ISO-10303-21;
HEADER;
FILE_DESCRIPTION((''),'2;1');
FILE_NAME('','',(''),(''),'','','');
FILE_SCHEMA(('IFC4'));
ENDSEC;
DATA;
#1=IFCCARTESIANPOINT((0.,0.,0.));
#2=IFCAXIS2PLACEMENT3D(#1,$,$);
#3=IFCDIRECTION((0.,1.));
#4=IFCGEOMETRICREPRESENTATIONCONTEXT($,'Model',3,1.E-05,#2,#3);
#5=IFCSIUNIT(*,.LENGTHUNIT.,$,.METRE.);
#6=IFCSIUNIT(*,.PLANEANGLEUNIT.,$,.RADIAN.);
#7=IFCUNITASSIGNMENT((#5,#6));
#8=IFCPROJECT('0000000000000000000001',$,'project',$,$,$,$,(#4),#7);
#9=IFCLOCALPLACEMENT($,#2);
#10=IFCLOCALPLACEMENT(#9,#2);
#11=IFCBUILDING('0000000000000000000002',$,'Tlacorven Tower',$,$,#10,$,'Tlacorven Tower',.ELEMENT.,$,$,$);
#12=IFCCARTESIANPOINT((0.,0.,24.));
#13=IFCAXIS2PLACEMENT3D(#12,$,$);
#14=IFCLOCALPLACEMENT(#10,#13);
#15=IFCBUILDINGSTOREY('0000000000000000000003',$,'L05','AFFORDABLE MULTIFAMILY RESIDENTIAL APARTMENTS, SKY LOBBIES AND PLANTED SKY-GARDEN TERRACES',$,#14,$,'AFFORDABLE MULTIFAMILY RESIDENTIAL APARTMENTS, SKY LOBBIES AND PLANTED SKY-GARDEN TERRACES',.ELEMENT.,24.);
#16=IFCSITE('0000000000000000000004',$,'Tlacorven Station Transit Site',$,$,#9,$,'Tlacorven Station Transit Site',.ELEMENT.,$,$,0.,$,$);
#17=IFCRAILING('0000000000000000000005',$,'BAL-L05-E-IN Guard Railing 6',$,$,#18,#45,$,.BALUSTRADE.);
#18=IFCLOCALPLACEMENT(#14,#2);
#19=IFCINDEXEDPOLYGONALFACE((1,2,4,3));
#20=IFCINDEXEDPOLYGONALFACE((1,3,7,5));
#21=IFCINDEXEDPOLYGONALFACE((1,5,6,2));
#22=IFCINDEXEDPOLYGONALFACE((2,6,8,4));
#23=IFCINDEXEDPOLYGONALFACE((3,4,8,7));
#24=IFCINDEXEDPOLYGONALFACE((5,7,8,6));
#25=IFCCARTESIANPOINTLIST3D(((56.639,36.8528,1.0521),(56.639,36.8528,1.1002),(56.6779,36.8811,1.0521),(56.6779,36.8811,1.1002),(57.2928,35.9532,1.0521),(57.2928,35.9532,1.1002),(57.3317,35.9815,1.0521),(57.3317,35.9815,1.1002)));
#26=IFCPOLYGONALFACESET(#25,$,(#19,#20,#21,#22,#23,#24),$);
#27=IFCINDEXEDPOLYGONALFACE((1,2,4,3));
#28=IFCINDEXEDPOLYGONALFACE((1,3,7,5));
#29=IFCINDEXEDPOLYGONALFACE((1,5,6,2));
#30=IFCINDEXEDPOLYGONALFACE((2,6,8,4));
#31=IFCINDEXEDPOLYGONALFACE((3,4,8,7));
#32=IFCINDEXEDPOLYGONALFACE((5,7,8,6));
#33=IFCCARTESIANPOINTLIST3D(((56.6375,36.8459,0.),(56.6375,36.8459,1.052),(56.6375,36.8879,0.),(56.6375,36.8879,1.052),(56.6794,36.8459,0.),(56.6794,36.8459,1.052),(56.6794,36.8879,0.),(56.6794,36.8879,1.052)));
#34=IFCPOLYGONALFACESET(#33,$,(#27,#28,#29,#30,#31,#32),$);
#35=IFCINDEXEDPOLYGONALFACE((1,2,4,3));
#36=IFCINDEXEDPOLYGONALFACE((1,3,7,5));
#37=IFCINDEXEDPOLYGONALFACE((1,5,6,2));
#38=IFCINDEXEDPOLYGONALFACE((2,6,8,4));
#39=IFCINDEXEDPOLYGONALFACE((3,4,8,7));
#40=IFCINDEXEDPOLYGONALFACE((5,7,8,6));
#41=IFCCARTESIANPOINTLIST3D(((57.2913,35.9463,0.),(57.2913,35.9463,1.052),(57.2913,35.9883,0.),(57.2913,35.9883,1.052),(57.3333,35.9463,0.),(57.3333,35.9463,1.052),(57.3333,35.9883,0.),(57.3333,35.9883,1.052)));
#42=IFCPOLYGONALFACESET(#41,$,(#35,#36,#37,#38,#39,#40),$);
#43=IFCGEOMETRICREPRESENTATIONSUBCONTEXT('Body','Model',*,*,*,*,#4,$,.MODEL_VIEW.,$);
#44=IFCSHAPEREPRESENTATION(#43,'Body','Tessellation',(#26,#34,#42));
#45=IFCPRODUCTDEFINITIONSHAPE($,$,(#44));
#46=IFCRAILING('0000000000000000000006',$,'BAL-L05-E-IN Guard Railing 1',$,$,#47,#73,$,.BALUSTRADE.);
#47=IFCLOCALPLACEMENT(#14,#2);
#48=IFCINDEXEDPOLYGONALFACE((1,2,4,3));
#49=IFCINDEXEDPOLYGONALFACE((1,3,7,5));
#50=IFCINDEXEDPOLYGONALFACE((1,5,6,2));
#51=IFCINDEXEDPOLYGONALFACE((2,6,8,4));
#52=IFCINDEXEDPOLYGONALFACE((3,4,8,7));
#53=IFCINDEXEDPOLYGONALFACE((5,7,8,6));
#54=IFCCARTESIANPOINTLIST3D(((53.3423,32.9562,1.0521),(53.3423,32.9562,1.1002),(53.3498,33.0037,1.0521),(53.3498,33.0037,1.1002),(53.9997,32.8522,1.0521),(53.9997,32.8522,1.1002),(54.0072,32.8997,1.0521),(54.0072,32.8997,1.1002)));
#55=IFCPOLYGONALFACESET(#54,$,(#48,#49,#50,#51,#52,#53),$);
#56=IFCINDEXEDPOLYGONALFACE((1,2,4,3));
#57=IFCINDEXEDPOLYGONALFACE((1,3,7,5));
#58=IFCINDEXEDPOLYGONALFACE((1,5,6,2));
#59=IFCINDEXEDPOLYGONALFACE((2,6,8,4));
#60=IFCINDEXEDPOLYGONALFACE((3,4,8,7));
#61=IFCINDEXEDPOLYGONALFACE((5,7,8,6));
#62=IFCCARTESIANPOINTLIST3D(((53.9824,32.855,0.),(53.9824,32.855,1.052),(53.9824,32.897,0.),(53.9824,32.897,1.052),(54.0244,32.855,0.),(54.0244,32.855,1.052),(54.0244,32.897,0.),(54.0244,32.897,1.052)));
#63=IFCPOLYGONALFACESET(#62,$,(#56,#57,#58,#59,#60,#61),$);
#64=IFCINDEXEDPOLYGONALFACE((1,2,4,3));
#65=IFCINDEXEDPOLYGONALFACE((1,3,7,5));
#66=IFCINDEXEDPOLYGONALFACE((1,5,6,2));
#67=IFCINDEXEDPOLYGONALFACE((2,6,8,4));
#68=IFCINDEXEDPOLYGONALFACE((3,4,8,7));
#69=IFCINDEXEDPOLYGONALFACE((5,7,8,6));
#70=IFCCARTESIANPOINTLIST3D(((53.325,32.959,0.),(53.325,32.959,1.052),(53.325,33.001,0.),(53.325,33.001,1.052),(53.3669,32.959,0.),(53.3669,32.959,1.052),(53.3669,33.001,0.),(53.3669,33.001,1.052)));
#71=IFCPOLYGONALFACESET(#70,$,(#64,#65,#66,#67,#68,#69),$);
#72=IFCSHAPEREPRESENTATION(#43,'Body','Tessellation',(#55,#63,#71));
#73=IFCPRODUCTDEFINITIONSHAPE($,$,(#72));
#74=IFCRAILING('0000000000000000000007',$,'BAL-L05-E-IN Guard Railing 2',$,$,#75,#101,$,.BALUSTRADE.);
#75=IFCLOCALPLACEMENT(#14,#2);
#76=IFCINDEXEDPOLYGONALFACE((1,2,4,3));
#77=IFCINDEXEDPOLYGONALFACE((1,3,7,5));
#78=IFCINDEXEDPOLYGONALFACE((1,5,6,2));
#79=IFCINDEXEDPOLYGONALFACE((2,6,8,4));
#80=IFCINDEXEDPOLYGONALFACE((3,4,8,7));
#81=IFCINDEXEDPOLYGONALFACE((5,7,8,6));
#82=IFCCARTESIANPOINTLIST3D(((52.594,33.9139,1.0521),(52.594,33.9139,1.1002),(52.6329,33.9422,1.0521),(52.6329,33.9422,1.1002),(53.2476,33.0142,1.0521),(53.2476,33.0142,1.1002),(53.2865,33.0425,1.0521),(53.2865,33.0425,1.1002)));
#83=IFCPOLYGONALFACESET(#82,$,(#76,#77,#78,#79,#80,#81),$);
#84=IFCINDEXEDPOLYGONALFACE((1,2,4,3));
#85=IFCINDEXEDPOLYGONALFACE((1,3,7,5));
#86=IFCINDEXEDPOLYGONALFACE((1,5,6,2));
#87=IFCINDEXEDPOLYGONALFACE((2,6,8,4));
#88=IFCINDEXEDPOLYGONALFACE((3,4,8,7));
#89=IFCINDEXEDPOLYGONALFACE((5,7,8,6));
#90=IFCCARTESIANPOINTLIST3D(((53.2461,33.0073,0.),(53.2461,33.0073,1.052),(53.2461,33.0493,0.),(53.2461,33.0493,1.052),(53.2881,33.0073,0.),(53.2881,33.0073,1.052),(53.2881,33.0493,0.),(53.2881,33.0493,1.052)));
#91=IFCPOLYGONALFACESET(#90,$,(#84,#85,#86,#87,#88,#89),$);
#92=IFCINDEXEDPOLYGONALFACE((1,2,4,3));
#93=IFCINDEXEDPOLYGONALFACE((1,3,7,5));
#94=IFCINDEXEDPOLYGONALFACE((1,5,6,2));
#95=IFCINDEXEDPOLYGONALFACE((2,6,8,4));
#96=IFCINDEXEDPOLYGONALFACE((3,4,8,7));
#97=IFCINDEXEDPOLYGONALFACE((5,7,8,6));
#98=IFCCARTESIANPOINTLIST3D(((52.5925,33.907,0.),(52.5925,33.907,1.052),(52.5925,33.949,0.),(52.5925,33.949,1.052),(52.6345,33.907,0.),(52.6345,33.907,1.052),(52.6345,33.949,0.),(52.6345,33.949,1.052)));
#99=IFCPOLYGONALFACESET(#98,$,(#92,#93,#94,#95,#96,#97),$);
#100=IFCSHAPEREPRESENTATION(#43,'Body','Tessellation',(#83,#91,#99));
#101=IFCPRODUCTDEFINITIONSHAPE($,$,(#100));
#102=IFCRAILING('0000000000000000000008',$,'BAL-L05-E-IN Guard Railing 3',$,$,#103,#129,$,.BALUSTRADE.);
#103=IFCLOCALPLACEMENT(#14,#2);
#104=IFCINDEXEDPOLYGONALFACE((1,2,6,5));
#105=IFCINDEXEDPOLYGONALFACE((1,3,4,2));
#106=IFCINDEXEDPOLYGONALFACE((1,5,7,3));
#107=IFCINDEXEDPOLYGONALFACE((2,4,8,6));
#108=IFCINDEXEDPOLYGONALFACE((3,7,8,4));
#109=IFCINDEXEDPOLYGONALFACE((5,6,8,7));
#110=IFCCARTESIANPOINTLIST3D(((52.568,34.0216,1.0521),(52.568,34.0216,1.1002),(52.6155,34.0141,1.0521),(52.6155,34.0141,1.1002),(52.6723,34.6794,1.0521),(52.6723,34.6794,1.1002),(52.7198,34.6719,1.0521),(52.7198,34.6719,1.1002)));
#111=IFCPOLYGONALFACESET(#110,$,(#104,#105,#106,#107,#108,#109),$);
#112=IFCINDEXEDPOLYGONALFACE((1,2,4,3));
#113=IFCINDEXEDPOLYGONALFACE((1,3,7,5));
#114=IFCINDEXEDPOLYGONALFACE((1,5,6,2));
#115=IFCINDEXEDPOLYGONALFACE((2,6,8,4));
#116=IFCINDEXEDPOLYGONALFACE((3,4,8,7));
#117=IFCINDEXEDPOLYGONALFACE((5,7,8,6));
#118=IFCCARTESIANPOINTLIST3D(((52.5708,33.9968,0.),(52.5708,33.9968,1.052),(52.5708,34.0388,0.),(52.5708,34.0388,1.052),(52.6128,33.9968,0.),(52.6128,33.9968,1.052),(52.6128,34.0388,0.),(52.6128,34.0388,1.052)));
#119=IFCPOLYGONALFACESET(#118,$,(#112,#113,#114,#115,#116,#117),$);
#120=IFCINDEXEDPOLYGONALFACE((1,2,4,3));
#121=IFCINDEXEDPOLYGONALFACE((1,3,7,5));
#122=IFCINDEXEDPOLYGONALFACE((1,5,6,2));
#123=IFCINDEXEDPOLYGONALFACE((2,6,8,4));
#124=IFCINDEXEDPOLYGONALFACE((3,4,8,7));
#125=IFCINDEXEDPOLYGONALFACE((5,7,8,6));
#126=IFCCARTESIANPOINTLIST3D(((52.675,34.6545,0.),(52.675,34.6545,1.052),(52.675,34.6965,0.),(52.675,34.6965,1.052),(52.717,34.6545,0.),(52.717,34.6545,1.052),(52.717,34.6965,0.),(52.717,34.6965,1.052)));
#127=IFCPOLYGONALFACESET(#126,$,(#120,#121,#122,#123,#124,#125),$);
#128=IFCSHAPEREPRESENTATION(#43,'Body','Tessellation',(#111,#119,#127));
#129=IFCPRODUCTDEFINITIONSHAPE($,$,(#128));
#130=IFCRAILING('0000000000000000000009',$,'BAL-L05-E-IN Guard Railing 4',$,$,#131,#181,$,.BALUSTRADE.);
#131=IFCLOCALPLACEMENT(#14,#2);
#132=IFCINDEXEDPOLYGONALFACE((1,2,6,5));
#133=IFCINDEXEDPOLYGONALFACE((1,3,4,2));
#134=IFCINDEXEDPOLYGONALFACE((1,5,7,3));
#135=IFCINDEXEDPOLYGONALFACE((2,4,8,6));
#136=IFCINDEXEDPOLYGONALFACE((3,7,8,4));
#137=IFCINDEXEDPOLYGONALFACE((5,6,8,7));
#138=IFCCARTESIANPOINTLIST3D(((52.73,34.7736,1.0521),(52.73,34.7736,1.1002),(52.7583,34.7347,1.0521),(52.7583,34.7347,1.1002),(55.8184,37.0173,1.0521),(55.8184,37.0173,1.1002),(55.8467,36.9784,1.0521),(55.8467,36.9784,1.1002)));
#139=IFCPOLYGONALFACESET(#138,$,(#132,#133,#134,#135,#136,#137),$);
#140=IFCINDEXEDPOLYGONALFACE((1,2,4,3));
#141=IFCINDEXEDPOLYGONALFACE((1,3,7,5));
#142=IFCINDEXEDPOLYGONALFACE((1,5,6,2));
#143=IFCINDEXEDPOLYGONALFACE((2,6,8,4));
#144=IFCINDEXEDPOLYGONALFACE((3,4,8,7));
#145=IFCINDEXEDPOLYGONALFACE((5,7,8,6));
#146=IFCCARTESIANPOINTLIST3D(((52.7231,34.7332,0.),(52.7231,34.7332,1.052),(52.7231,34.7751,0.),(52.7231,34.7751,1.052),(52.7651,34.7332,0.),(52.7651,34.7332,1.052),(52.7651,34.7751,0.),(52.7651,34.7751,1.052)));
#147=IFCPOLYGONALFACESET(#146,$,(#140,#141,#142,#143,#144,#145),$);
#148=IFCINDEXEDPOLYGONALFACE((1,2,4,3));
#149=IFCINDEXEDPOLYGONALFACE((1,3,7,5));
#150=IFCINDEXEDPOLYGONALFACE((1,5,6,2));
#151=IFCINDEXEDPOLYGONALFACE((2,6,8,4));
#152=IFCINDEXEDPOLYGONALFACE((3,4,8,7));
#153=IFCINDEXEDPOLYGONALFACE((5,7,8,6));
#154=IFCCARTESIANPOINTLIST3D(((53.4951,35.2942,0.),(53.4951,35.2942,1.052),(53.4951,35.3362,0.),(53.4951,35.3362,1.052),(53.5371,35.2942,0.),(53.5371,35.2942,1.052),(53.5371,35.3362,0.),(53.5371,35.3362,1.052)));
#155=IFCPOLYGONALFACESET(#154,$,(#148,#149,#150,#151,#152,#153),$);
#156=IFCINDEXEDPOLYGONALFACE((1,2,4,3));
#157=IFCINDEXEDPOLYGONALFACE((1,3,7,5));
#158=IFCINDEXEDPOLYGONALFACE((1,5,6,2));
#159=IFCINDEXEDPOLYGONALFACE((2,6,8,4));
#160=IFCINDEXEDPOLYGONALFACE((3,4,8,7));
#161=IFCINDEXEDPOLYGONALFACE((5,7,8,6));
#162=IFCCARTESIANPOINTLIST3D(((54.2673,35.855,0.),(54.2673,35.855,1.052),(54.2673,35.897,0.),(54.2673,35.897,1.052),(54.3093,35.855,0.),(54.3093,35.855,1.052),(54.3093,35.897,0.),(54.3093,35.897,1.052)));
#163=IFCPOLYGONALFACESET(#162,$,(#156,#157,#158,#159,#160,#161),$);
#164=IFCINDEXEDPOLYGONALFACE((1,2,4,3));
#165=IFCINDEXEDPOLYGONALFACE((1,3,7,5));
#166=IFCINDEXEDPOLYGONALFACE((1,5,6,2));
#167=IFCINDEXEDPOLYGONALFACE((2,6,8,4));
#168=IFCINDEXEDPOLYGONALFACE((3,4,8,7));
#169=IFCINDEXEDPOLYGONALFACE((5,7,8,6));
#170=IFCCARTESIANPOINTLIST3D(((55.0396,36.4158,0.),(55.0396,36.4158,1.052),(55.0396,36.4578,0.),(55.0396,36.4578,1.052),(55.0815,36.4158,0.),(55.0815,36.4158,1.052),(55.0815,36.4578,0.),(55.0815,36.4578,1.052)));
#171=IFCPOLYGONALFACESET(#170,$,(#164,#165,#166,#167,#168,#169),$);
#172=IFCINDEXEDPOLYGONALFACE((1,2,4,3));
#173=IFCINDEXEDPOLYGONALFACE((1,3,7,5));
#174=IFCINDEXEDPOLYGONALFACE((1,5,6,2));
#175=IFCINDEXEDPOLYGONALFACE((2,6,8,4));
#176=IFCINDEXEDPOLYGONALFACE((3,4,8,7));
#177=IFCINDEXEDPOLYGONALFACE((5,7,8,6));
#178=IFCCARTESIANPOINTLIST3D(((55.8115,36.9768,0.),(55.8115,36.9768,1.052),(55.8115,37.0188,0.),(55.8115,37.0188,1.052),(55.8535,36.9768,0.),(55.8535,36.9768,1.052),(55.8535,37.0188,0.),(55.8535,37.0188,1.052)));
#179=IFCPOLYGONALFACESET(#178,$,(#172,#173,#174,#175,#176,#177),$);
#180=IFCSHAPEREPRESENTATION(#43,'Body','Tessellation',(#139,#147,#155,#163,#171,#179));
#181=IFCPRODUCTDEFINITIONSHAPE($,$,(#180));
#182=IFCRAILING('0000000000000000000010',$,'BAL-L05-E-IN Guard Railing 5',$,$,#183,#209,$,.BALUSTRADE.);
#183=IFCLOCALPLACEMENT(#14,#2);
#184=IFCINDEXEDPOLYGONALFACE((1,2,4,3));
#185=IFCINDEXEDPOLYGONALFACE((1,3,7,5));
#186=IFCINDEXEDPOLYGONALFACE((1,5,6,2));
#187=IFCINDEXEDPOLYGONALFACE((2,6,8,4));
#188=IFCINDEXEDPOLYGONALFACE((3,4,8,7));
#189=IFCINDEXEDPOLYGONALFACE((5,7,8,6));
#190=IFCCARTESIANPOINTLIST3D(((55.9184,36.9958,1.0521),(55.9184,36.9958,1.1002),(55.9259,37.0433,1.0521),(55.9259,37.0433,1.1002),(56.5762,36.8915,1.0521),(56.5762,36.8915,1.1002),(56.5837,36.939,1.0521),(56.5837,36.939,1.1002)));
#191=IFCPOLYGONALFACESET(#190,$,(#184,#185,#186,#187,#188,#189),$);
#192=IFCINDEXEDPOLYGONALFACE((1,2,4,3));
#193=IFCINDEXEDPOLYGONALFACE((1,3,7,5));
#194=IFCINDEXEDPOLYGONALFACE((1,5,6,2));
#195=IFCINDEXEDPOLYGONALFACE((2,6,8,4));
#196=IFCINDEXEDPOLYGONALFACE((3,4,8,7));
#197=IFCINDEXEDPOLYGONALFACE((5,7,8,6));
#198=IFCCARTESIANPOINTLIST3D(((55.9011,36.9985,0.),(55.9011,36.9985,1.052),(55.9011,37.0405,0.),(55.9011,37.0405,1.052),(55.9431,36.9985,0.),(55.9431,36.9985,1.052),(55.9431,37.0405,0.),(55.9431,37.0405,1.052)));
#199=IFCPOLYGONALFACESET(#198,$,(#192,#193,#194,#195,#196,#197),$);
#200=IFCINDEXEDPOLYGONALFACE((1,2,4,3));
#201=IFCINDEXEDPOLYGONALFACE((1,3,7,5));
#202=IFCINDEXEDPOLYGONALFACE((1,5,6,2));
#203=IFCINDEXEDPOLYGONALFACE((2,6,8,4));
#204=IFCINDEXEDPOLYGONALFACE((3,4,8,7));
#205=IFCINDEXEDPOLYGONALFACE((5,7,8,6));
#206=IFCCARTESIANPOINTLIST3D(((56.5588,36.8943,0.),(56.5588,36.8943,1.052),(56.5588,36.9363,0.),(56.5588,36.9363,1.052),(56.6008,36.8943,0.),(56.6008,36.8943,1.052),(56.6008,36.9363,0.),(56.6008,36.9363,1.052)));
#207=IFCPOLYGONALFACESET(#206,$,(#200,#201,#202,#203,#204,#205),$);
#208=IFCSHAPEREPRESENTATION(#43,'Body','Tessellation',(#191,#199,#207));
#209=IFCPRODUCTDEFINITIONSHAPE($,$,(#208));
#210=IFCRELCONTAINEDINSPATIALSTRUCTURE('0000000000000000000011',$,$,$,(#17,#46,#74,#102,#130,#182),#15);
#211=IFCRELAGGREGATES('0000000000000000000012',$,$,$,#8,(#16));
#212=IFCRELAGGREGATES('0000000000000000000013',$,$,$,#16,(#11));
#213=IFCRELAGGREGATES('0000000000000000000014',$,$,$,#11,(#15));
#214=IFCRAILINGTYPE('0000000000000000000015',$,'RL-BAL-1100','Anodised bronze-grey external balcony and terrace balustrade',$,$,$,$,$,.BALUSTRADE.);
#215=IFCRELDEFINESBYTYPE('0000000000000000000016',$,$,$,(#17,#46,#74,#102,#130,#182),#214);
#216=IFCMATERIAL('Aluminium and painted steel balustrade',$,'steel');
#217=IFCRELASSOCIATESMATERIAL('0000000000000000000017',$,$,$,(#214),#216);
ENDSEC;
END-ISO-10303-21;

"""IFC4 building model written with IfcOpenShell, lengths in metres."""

from ifc_helpers import new_model, si_unit, direction, frame, origin, origin_2d, place, context, subcontext, project, spatial, rectangle, extrude, source, transform, mapped, material, type_object, element, save


model = new_model("IFC4")

# Units and contexts
model_context = context("Model", 3, precision=1e-05, world=origin(), true_north=direction((0.0, 1.0)))
body_context = subcontext(model_context, "Body", "Model", "MODEL_VIEW")
ifc_project = project(units=[si_unit("LENGTHUNIT", "METRE"), si_unit("PLANEANGLEUNIT", "RADIAN")], contexts=[model_context])

# Site, building, storey
site_placement = place(None, origin())
site = spatial("IfcSite", under=ifc_project, at=site_placement, Name="Tlacorven Station Transit Site", LongName="Tlacorven Station Transit Site", CompositionType="ELEMENT", RefElevation=0.0)
building_placement = place(site_placement, origin())
building = spatial("IfcBuilding", under=site, at=building_placement, Name="Tlacorven Tower", LongName="Tlacorven Tower", CompositionType="ELEMENT")
storey_placement = place(building_placement, frame((0.0, 0.0, 24.0)))
storey = spatial("IfcBuildingStorey", under=building, at=storey_placement, Name="L05", Description="AFFORDABLE MULTIFAMILY RESIDENTIAL APARTMENTS, SKY LOBBIES AND PLANTED SKY-GARDEN TERRACES", LongName="AFFORDABLE MULTIFAMILY RESIDENTIAL APARTMENTS, SKY LOBBIES AND PLANTED SKY-GARDEN TERRACES", CompositionType="ELEMENT", Elevation=24.0)

# Railings
ifc_material_1 = material(Name="Aluminium and painted steel balustrade", Category="steel")
railing_type_1 = type_object("IfcRailingType", Name="RL-BAL-1100", Description="Anodised bronze-grey external balcony and terrace balustrade", PredefinedType="BALUSTRADE", material=ifc_material_1)
shared_shape_1 = source(origin(), body_context, "Body", "SweptSolid", [
    extrude(rectangle(XDim=0.0481, YDim=0.0481, at=origin_2d()), frame((0.0, 0.0, 1.0762), z_axis=(0.587884, -0.808945, 0.0), x_axis=(0.808945, 0.587884, 0.0)), (0.0, 0.0, 1.0), 1.1121),
    extrude(rectangle(XDim=0.042, YDim=0.042, at=origin_2d()), origin(), (0.0, 0.0, 1.0), 1.052),
    extrude(rectangle(XDim=0.042, YDim=0.042, at=origin_2d()), frame((0.6538, -0.8997, 0.0)), (0.0, 0.0, 1.0), 1.052),
])
railing_1_placement = place(storey_placement, frame((56.6584, 36.8669, 0.0)))
element("IfcRailing", 1, at=railing_1_placement, inside=storey, type_object=railing_type_1, Name="BAL-L05-E-IN Guard Railing 6", PredefinedType="BALUSTRADE", context=body_context, shape_type="MappedRepresentation", body=[
    mapped(shared_shape_1, transform((0.0, 0.0, 0.0), scale=1.0)),
])
shared_shape_2 = source(origin(), body_context, "Body", "SweptSolid", [
    extrude(rectangle(XDim=0.0481, YDim=0.0481, at=origin_2d()), frame((0.0, 0.0, 1.0762), z_axis=(-0.987718, 0.156245, 0.0), x_axis=(-0.156245, -0.987718, 0.0)), (0.0, 0.0, 1.0), 0.6655),
    extrude(rectangle(XDim=0.042, YDim=0.042, at=origin_2d()), origin(), (0.0, 0.0, 1.0), 1.052),
    extrude(rectangle(XDim=0.042, YDim=0.042, at=origin_2d()), frame((-0.6575, 0.104, 0.0)), (0.0, 0.0, 1.0), 1.052),
])
railing_2_placement = place(storey_placement, frame((54.0034, 32.876, 0.0)))
element("IfcRailing", 2, at=railing_2_placement, inside=storey, type_object=railing_type_1, Name="BAL-L05-E-IN Guard Railing 1", PredefinedType="BALUSTRADE", context=body_context, shape_type="MappedRepresentation", body=[
    mapped(shared_shape_2, transform((0.0, 0.0, 0.0), scale=1.0)),
])
shared_shape_3 = source(origin(), body_context, "Body", "SweptSolid", [
    extrude(rectangle(XDim=0.0481, YDim=0.0481, at=origin_2d()), frame((0.0, 0.0, 1.0762), z_axis=(-0.587741, 0.809049, 0.0), x_axis=(-0.809049, -0.587741, 0.0)), (0.0, 0.0, 1.0), 1.1121),
    extrude(rectangle(XDim=0.042, YDim=0.042, at=origin_2d()), origin(), (0.0, 0.0, 1.0), 1.052),
    extrude(rectangle(XDim=0.042, YDim=0.042, at=origin_2d()), frame((-0.6536, 0.8997, 0.0)), (0.0, 0.0, 1.0), 1.052),
])
railing_3_placement = place(storey_placement, frame((53.2671, 33.0283, 0.0)))
element("IfcRailing", 3, at=railing_3_placement, inside=storey, type_object=railing_type_1, Name="BAL-L05-E-IN Guard Railing 2", PredefinedType="BALUSTRADE", context=body_context, shape_type="MappedRepresentation", body=[
    mapped(shared_shape_3, transform((0.0, 0.0, 0.0), scale=1.0)),
])
shared_shape_4 = source(origin(), body_context, "Body", "SweptSolid", [
    extrude(rectangle(XDim=0.0481, YDim=0.0481, at=origin_2d()), frame((0.0, 0.0, 1.0762), z_axis=(0.156546, 0.987671, 0.0), x_axis=(-0.987671, 0.156546, 0.0)), (0.0, 0.0, 1.0), 0.666),
    extrude(rectangle(XDim=0.042, YDim=0.042, at=origin_2d()), origin(), (0.0, 0.0, 1.0), 1.052),
    extrude(rectangle(XDim=0.042, YDim=0.042, at=origin_2d()), frame((0.1042, 0.6577, 0.0)), (0.0, 0.0, 1.0), 1.052),
])
railing_4_placement = place(storey_placement, frame((52.5918, 34.0178, 0.0)))
element("IfcRailing", 4, at=railing_4_placement, inside=storey, type_object=railing_type_1, Name="BAL-L05-E-IN Guard Railing 3", PredefinedType="BALUSTRADE", context=body_context, shape_type="MappedRepresentation", body=[
    mapped(shared_shape_4, transform((0.0, 0.0, 0.0), scale=1.0)),
])
shared_shape_5 = source(origin(), body_context, "Body", "SweptSolid", [
    extrude(rectangle(XDim=0.0481, YDim=0.0481, at=origin_2d()), frame((0.0, 0.0, 1.0762), z_axis=(0.80904, 0.587753, 0.0), x_axis=(-0.587753, 0.80904, 0.0)), (0.0, 0.0, 1.0), 3.8174),
    extrude(rectangle(XDim=0.042, YDim=0.042, at=origin_2d()), origin(), (0.0, 0.0, 1.0), 1.052),
    extrude(rectangle(XDim=0.042, YDim=0.042, at=origin_2d()), frame((0.772, 0.561, 0.0)), (0.0, 0.0, 1.0), 1.052),
    extrude(rectangle(XDim=0.042, YDim=0.042, at=origin_2d()), frame((1.5442, 1.1218, 0.0)), (0.0, 0.0, 1.0), 1.052),
    extrude(rectangle(XDim=0.042, YDim=0.042, at=origin_2d()), frame((2.3164, 1.6826, 0.0)), (0.0, 0.0, 1.0), 1.052),
    extrude(rectangle(XDim=0.042, YDim=0.042, at=origin_2d()), frame((3.0884, 2.2437, 0.0)), (0.0, 0.0, 1.0), 1.052),
])
railing_5_placement = place(storey_placement, frame((52.7441, 34.7542, 0.0)))
element("IfcRailing", 5, at=railing_5_placement, inside=storey, type_object=railing_type_1, Name="BAL-L05-E-IN Guard Railing 4", PredefinedType="BALUSTRADE", context=body_context, shape_type="MappedRepresentation", body=[
    mapped(shared_shape_5, transform((0.0, 0.0, 0.0), scale=1.0)),
])
shared_shape_6 = source(origin(), body_context, "Body", "SweptSolid", [
    extrude(rectangle(XDim=0.0481, YDim=0.0481, at=origin_2d()), frame((0.0, 0.0, 1.0762), z_axis=(0.987671, -0.156546, 0.0), x_axis=(0.156546, 0.987671, 0.0)), (0.0, 0.0, 1.0), 0.666),
    extrude(rectangle(XDim=0.042, YDim=0.042, at=origin_2d()), origin(), (0.0, 0.0, 1.0), 1.052),
    extrude(rectangle(XDim=0.042, YDim=0.042, at=origin_2d()), frame((0.6577, -0.1042, 0.0)), (0.0, 0.0, 1.0), 1.052),
])
railing_6_placement = place(storey_placement, frame((55.9221, 37.0195, 0.0)))
element("IfcRailing", 6, at=railing_6_placement, inside=storey, type_object=railing_type_1, Name="BAL-L05-E-IN Guard Railing 5", PredefinedType="BALUSTRADE", context=body_context, shape_type="MappedRepresentation", body=[
    mapped(shared_shape_6, transform((0.0, 0.0, 0.0), scale=1.0)),
])

save(model, "model.ifc")
